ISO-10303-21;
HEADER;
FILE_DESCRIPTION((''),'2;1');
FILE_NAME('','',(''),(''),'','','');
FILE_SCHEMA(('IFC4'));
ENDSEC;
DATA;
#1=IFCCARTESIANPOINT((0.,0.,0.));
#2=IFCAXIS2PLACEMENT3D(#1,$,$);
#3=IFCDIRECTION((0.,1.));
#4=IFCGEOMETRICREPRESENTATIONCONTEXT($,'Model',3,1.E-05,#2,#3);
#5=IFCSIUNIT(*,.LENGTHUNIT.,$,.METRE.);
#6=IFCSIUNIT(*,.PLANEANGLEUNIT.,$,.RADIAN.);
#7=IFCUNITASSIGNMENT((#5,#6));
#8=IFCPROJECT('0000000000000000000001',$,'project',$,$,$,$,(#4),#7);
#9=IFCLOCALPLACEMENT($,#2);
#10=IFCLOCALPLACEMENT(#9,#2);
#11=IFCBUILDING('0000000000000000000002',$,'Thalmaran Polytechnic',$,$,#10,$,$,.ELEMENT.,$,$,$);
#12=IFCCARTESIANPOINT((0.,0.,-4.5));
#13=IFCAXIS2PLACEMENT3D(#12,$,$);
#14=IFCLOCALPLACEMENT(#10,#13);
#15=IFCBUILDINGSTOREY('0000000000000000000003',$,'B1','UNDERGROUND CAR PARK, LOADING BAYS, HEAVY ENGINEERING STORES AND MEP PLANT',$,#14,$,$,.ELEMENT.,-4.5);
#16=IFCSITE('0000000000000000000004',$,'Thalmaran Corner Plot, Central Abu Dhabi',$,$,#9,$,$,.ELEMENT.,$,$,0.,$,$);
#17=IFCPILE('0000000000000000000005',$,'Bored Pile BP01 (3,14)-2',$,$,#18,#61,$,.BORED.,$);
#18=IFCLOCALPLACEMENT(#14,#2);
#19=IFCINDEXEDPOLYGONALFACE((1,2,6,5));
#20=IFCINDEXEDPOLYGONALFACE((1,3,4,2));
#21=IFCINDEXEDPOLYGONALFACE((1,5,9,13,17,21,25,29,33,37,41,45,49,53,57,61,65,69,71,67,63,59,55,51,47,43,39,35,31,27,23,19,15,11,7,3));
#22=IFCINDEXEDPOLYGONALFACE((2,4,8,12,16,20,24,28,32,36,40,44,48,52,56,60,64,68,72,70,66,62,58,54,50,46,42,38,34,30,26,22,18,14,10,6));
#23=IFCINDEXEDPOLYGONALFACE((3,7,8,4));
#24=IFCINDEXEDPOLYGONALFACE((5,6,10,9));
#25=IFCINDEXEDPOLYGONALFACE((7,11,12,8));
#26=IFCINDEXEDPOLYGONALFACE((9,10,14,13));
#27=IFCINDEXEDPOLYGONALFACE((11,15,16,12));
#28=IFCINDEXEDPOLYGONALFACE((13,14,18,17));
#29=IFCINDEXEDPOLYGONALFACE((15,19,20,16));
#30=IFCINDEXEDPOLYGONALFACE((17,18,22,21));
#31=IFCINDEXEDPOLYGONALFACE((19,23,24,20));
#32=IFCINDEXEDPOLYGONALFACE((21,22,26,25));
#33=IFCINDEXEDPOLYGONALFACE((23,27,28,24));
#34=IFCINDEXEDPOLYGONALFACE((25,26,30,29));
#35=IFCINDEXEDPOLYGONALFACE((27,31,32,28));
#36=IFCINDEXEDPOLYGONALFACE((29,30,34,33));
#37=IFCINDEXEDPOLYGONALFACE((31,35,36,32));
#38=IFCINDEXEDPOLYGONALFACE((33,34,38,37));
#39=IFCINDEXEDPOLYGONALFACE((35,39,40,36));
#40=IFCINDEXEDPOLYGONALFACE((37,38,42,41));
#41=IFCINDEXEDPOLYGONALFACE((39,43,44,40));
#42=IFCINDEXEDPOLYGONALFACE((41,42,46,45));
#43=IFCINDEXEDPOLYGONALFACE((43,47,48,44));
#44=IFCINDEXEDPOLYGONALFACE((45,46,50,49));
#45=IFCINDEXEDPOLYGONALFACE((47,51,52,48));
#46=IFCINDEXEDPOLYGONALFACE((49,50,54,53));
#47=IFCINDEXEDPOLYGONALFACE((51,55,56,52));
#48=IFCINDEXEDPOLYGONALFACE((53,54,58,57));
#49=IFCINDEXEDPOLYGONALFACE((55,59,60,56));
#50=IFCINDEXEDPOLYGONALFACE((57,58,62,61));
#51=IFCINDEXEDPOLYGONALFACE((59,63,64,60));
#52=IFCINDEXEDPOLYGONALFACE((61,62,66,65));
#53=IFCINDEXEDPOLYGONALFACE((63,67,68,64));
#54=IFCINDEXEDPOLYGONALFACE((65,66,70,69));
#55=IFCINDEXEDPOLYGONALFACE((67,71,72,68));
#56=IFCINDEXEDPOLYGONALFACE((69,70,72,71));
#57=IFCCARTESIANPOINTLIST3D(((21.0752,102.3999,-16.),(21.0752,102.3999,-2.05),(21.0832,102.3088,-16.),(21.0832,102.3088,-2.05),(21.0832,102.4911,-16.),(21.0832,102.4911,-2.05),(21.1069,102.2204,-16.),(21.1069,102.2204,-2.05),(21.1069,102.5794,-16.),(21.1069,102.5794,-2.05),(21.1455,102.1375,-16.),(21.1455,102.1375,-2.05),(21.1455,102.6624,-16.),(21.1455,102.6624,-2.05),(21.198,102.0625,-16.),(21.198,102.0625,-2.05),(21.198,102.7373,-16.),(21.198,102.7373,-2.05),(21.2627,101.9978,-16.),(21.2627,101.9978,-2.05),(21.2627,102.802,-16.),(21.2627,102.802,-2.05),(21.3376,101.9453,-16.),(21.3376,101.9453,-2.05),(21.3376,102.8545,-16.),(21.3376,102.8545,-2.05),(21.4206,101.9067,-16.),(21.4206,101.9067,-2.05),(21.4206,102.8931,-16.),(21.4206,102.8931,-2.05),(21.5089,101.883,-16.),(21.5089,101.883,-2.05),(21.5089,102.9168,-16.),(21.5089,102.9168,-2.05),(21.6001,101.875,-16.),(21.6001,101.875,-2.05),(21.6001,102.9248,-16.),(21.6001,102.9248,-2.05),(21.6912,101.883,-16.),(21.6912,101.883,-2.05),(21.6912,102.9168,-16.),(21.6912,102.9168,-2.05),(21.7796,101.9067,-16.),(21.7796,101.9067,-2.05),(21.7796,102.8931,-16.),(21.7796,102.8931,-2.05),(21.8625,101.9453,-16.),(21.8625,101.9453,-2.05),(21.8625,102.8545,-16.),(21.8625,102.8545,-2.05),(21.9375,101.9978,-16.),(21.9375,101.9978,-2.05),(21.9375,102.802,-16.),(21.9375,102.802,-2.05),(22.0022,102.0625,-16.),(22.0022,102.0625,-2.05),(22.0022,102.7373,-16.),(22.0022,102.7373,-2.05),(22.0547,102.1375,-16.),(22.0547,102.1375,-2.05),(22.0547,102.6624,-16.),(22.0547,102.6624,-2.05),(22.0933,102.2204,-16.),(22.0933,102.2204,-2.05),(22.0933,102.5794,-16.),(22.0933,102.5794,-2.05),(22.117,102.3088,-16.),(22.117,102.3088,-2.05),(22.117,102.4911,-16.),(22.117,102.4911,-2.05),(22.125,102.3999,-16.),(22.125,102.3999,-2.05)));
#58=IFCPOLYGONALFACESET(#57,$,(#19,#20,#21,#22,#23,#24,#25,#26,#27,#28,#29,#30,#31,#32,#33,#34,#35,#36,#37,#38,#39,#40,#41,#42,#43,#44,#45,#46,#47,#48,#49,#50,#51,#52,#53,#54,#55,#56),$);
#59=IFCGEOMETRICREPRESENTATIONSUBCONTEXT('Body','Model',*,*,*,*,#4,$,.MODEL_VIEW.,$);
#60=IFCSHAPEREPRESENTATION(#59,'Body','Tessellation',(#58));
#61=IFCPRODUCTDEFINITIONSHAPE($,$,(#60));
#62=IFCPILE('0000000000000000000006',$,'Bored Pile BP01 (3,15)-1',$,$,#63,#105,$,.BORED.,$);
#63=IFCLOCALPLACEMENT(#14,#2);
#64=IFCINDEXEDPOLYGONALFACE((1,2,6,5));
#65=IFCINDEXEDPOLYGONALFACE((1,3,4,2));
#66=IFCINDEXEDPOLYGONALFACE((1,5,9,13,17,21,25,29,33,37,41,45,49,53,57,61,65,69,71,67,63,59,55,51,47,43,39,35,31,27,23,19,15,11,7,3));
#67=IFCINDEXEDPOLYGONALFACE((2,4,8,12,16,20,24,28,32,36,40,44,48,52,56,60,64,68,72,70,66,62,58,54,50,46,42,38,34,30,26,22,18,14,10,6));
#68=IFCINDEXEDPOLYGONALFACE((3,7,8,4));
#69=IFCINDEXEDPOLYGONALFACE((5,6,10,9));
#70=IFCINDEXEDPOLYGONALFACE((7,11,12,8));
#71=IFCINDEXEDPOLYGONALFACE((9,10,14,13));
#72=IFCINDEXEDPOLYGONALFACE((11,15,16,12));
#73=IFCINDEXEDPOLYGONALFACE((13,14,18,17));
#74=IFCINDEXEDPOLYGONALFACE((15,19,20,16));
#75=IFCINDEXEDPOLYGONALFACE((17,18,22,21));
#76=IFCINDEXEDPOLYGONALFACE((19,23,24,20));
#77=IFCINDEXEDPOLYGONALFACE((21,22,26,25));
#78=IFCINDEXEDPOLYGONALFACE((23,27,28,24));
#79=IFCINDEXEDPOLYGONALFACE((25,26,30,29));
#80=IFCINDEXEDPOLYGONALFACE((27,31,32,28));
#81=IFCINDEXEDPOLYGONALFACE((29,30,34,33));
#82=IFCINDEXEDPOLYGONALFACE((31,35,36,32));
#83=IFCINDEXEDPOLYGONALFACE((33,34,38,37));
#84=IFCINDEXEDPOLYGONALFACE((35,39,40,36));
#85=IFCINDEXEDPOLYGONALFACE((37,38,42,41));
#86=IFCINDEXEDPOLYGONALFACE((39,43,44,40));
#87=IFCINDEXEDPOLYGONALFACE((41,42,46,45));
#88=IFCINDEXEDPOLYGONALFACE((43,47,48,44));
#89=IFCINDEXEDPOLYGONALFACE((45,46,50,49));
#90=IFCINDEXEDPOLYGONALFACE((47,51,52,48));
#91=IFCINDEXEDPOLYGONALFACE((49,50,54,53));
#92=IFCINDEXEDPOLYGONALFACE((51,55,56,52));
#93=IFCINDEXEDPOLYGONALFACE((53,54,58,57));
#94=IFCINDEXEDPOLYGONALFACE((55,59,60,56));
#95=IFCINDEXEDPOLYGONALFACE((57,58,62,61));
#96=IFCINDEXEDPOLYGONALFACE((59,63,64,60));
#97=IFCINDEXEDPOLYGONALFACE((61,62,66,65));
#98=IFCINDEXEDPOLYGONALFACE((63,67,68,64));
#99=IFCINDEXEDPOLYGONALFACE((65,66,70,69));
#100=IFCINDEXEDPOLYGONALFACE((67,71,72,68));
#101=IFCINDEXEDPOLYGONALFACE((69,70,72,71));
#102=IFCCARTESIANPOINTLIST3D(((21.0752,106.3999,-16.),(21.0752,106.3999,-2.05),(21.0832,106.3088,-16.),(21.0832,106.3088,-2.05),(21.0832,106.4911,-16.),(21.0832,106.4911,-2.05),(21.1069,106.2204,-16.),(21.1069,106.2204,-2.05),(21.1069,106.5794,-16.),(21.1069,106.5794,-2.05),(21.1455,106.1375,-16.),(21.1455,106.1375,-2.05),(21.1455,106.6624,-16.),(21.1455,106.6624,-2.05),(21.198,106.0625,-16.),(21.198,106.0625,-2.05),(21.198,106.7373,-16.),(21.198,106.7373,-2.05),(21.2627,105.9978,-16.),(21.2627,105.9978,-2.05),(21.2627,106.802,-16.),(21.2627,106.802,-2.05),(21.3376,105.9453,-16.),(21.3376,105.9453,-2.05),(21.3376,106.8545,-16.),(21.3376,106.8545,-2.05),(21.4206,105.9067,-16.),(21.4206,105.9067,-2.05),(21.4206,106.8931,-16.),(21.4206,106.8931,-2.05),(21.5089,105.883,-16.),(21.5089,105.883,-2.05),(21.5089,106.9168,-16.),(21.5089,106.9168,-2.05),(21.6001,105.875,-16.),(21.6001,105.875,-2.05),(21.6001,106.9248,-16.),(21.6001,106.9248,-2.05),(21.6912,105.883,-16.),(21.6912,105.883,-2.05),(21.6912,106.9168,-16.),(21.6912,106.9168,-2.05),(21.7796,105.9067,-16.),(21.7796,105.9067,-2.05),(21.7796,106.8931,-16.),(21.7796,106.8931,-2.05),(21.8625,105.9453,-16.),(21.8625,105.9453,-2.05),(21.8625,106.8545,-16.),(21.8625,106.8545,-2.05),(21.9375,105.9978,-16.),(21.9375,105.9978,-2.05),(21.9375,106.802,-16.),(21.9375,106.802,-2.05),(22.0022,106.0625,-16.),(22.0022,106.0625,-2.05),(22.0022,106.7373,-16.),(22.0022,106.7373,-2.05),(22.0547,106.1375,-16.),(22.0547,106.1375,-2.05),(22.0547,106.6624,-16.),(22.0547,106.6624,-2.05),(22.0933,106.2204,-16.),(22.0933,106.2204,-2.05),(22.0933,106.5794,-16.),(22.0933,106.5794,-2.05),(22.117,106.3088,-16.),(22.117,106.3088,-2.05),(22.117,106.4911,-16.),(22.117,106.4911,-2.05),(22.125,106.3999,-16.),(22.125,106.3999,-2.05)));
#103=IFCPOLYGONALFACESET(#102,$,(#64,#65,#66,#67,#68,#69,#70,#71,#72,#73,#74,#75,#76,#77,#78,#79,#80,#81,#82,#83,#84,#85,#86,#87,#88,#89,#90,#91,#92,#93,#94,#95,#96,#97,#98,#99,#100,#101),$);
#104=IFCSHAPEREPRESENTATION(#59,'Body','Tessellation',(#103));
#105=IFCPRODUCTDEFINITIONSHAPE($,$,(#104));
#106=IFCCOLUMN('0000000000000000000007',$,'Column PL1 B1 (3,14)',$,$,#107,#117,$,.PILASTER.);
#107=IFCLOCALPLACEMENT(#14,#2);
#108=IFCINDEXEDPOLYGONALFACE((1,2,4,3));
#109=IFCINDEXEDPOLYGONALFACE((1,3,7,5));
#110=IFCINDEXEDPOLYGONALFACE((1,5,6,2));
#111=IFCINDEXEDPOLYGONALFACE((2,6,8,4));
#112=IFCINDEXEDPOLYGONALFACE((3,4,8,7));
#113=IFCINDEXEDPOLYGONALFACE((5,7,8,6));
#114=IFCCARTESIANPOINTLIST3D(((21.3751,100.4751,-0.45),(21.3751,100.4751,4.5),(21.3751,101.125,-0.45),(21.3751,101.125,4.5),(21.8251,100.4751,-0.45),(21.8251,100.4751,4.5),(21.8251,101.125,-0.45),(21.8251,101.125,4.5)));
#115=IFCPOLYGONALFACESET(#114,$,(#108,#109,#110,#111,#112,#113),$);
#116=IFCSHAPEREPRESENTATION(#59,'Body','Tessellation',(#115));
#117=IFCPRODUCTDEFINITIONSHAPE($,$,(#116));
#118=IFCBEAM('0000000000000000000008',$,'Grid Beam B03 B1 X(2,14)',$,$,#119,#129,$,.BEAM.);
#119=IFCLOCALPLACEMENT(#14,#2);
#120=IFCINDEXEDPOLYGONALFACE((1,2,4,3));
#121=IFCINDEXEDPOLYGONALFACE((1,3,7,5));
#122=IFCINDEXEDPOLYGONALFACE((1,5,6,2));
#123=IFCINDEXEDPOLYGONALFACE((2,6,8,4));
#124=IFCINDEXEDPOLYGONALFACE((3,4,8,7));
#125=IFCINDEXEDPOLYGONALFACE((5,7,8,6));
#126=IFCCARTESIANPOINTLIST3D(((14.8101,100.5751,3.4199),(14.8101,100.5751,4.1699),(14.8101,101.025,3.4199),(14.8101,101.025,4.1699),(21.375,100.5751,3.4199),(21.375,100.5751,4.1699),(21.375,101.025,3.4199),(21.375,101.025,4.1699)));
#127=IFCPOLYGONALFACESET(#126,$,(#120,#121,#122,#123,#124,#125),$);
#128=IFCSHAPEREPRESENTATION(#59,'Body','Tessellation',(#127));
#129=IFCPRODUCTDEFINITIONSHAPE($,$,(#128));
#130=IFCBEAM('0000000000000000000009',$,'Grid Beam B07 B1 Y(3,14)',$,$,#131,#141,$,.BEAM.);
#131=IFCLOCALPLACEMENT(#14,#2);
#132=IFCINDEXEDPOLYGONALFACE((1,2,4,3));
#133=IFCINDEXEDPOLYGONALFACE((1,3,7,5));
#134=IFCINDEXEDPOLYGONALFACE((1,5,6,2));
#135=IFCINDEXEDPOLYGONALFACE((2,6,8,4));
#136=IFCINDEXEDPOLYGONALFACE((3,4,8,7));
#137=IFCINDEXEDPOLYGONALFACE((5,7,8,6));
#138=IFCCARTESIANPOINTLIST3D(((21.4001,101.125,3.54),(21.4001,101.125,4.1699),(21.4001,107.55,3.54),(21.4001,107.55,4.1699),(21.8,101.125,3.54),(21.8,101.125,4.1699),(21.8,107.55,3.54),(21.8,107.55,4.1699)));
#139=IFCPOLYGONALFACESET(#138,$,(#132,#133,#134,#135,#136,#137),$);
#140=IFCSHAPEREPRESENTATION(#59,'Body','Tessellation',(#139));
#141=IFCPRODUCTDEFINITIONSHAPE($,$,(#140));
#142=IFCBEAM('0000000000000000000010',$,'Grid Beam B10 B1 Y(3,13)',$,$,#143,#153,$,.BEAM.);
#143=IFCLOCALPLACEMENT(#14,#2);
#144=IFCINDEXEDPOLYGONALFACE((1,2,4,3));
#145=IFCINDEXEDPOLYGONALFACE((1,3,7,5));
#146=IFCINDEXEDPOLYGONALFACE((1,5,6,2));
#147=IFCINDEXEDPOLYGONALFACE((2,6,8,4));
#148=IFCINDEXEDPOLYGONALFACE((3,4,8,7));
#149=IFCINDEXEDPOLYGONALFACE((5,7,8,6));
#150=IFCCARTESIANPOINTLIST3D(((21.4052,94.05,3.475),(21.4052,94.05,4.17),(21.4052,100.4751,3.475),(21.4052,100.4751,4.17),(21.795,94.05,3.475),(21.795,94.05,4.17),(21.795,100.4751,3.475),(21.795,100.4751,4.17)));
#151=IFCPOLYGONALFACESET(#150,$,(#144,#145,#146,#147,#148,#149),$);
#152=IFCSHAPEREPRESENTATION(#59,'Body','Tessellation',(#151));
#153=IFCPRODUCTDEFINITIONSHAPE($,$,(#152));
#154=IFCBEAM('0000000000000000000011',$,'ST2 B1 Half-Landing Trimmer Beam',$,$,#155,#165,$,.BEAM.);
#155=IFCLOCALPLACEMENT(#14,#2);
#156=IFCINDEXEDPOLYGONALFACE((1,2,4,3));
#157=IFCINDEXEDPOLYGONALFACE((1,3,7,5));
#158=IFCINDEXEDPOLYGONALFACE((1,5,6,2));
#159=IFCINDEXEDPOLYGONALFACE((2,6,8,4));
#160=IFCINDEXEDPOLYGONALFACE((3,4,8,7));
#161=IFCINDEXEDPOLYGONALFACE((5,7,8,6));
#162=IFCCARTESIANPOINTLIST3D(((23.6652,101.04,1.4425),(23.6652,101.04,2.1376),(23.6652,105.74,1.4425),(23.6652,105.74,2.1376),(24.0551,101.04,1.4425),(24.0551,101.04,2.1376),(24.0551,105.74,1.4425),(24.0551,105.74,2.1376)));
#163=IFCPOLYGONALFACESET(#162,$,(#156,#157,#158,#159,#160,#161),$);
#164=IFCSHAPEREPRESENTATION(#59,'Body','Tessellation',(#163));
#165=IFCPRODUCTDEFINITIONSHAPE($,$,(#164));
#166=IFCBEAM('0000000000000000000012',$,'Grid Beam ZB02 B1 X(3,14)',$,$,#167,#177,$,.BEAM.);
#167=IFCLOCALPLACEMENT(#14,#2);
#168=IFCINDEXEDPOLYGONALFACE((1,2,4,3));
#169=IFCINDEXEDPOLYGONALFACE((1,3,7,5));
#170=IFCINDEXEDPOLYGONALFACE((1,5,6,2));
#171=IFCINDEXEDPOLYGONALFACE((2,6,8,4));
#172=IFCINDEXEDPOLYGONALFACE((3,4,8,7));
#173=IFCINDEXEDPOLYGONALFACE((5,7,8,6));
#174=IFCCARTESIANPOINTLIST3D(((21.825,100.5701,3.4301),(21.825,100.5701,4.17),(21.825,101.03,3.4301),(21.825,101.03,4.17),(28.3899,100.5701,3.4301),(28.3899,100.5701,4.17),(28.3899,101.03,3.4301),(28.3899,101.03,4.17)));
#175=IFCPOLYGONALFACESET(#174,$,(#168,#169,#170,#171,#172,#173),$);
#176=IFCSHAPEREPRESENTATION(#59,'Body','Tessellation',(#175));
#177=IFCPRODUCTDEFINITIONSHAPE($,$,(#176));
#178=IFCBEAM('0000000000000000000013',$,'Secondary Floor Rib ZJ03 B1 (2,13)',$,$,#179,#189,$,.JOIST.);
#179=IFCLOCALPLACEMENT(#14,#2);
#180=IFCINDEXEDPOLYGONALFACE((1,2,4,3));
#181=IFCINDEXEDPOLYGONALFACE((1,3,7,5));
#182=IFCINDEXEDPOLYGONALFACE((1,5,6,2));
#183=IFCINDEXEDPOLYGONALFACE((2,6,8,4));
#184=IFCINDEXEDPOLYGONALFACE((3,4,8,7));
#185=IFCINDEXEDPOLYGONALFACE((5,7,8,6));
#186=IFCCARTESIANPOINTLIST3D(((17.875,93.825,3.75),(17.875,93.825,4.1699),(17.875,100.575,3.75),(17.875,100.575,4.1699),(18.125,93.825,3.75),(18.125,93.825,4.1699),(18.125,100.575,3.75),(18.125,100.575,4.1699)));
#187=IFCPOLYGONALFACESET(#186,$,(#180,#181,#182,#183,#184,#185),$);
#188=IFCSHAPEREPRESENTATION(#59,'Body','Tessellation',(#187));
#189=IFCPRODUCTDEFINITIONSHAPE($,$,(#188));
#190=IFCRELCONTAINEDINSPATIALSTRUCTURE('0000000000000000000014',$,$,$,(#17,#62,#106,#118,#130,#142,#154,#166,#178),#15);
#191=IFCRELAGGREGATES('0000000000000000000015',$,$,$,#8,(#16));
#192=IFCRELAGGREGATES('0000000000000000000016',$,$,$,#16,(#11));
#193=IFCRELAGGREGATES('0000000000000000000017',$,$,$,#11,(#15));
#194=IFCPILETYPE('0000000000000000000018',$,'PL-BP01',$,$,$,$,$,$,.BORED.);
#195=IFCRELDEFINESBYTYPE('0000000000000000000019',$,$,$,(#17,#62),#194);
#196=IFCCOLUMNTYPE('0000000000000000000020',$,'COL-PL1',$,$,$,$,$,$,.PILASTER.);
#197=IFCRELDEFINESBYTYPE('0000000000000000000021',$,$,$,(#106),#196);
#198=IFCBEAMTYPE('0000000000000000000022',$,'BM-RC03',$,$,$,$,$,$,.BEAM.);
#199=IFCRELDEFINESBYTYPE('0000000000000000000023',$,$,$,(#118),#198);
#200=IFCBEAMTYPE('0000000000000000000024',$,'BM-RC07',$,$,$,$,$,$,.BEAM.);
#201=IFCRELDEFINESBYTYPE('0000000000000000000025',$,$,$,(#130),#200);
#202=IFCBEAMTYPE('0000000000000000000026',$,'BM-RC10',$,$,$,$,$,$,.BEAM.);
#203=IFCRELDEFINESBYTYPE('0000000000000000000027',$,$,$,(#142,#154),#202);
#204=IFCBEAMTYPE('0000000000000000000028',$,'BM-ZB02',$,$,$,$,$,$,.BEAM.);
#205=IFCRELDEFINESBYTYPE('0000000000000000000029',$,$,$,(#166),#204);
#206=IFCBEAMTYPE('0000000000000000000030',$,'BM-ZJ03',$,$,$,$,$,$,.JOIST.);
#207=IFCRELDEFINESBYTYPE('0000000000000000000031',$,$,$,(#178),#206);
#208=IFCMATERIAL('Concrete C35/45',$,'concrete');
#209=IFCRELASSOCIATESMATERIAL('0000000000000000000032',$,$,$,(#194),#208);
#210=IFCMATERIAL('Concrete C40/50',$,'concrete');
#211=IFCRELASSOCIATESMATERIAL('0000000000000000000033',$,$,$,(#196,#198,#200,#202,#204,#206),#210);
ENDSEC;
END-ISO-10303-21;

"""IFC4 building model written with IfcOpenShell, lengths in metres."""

from ifc_helpers import new_model, si_unit, direction, frame, origin, origin_2d, place, context, subcontext, project, spatial, rectangle, circle, extrude, material, material_profile, profile_set, type_object, element, save


model = new_model("IFC4")

# Units and contexts
model_context = context("Model", 3, precision=1e-05, world=origin(), true_north=direction((0.0, 1.0)))
body_context = subcontext(model_context, "Body", "Model", "MODEL_VIEW")
ifc_project = project(units=[si_unit("LENGTHUNIT", "METRE"), si_unit("PLANEANGLEUNIT", "RADIAN")], contexts=[model_context])

# Site, building, storey
site_placement = place(None, origin())
site = spatial("IfcSite", under=ifc_project, at=site_placement, Name="Thalmaran Corner Plot, Central Abu Dhabi", CompositionType="ELEMENT", RefElevation=0.0)
building_placement = place(site_placement, origin())
building = spatial("IfcBuilding", under=site, at=building_placement, Name="Thalmaran Polytechnic", CompositionType="ELEMENT")
storey_placement = place(building_placement, frame((0.0, 0.0, -4.5)))
storey = spatial("IfcBuildingStorey", under=building, at=storey_placement, Name="B1", Description="UNDERGROUND CAR PARK, LOADING BAYS, HEAVY ENGINEERING STORES AND MEP PLANT", CompositionType="ELEMENT", Elevation=-4.5)

# Shared definitions
ifc_material_1 = material(Name="Concrete C40/50", Category="concrete")

# Piles
ifc_material_2 = material(Name="Concrete C35/45", Category="concrete")
ifc_material_profile_1 = material_profile(ifc_material_2, circle(Radius=0.5249, at=origin_2d()), Name="RC 1050 DIA")
ifc_profile_set_1 = profile_set([ifc_material_profile_1], Name="Concrete C35/45")
pile_type = type_object("IfcPileType", Name="PL-BP01", PredefinedType="BORED", material=ifc_profile_set_1)
for number, where, z_axis, x_axis, name in (
    (1, (21.6001, 102.3999, -2.05), (0.0, 0.0, -1.0), (1.0, 0.0, 0.0), "Bored Pile BP01 (3,14)-2"),
    (2, (21.6001, 106.3999, -2.05), (0.0, 0.0, -1.0), (1.0, 0.0, 0.0), "Bored Pile BP01 (3,15)-1"),
):
    element("IfcPile", number, at=place(storey_placement, frame(where, z_axis=z_axis, x_axis=x_axis)), inside=storey, type_object=pile_type, Name=name, PredefinedType="BORED", context=body_context, shape_type="SweptSolid", body=[
        extrude(circle(Radius=0.5249, at=origin_2d()), origin(), (0.0, 0.0, 1.0), 13.95),
    ])

# Column
ifc_material_profile_2 = material_profile(ifc_material_1, rectangle(XDim=0.45, YDim=0.6499, at=origin_2d()), Name="RC 450x650")
ifc_profile_set_2 = profile_set([ifc_material_profile_2], Name="Concrete C40/50")
column_type = type_object("IfcColumnType", Name="COL-PL1", PredefinedType="PILASTER", material=ifc_profile_set_2)
column_placement = place(storey_placement, frame((21.6001, 100.8, -0.45), z_axis=(0.0, 0.0, 1.0), x_axis=(1.0, 0.0, 0.0)))
element("IfcColumn", 3, at=column_placement, inside=storey, type_object=column_type, Name="Column PL1 B1 (3,14)", PredefinedType="PILASTER", context=body_context, shape_type="SweptSolid", body=[
    extrude(rectangle(XDim=0.45, YDim=0.6499, at=origin_2d()), origin(), (0.0, 0.0, 1.0), 4.95),
])

# Beams
ifc_material_profile_3 = material_profile(ifc_material_1, rectangle(XDim=0.45, YDim=0.75, at=origin_2d()), Name="RC 450x750")
ifc_profile_set_3 = profile_set([ifc_material_profile_3], Name="Concrete C40/50")
beam_type_1 = type_object("IfcBeamType", Name="BM-RC03", PredefinedType="BEAM", material=ifc_profile_set_3)
beam_1_placement = place(storey_placement, frame((14.8101, 100.8, 3.7949), z_axis=(1.0, 0.0, 0.0), x_axis=(0.0, 1.0, 0.0)))
element("IfcBeam", 4, at=beam_1_placement, inside=storey, type_object=beam_type_1, Name="Grid Beam B03 B1 X(2,14)", PredefinedType="BEAM", context=body_context, shape_type="SweptSolid", body=[
    extrude(rectangle(XDim=0.45, YDim=0.75, at=origin_2d()), origin(), (0.0, 0.0, 1.0), 6.5649),
])
ifc_material_profile_4 = material_profile(ifc_material_1, rectangle(XDim=0.3999, YDim=0.6299, at=origin_2d()), Name="RC 400x630")
ifc_profile_set_4 = profile_set([ifc_material_profile_4], Name="Concrete C40/50")
beam_type_2 = type_object("IfcBeamType", Name="BM-RC07", PredefinedType="BEAM", material=ifc_profile_set_4)
beam_2_placement = place(storey_placement, frame((21.6001, 101.125, 3.855), z_axis=(0.0, 1.0, 0.0), x_axis=(-1.0, 0.0, 0.0)))
element("IfcBeam", 5, at=beam_2_placement, inside=storey, type_object=beam_type_2, Name="Grid Beam B07 B1 Y(3,14)", PredefinedType="BEAM", context=body_context, shape_type="SweptSolid", body=[
    extrude(rectangle(XDim=0.3999, YDim=0.6299, at=origin_2d()), origin(), (0.0, 0.0, 1.0), 6.425),
])
ifc_material_profile_5 = material_profile(ifc_material_1, rectangle(XDim=0.3899, YDim=0.6951, at=origin_2d()), Name="RC 390x695")
ifc_profile_set_5 = profile_set([ifc_material_profile_5], Name="Concrete C40/50")
beam_type_3 = type_object("IfcBeamType", Name="BM-RC10", PredefinedType="BEAM", material=ifc_profile_set_5)
beam_3_placement = place(storey_placement, frame((21.6001, 94.05, 3.8225), z_axis=(0.0, 1.0, 0.0), x_axis=(-1.0, 0.0, 0.0)))
element("IfcBeam", 6, at=beam_3_placement, inside=storey, type_object=beam_type_3, Name="Grid Beam B10 B1 Y(3,13)", PredefinedType="BEAM", context=body_context, shape_type="SweptSolid", body=[
    extrude(rectangle(XDim=0.3899, YDim=0.6951, at=origin_2d()), origin(), (0.0, 0.0, 1.0), 6.425),
])
beam_4_placement = place(storey_placement, frame((23.8601, 101.04, 1.79), z_axis=(0.0, 1.0, 0.0), x_axis=(-1.0, 0.0, 0.0)))
element("IfcBeam", 7, at=beam_4_placement, inside=storey, type_object=beam_type_3, Name="ST2 B1 Half-Landing Trimmer Beam", PredefinedType="BEAM", context=body_context, shape_type="SweptSolid", body=[
    extrude(rectangle(XDim=0.3899, YDim=0.6951, at=origin_2d()), origin(), (0.0, 0.0, 1.0), 4.7),
])
ifc_material_profile_6 = material_profile(ifc_material_1, rectangle(XDim=0.46, YDim=0.74, at=origin_2d()), Name="RC 460x740")
ifc_profile_set_6 = profile_set([ifc_material_profile_6], Name="Concrete C40/50")
beam_type_4 = type_object("IfcBeamType", Name="BM-ZB02", PredefinedType="BEAM", material=ifc_profile_set_6)
beam_5_placement = place(storey_placement, frame((21.825, 100.8, 3.8), z_axis=(1.0, 0.0, 0.0), x_axis=(0.0, 1.0, 0.0)))
element("IfcBeam", 8, at=beam_5_placement, inside=storey, type_object=beam_type_4, Name="Grid Beam ZB02 B1 X(3,14)", PredefinedType="BEAM", context=body_context, shape_type="SweptSolid", body=[
    extrude(rectangle(XDim=0.46, YDim=0.74, at=origin_2d()), origin(), (0.0, 0.0, 1.0), 6.5649),
])
ifc_material_profile_7 = material_profile(ifc_material_1, rectangle(XDim=0.25, YDim=0.4199, at=origin_2d()), Name="RC 250x420")
ifc_profile_set_7 = profile_set([ifc_material_profile_7], Name="Concrete C40/50")
beam_type_5 = type_object("IfcBeamType", Name="BM-ZJ03", PredefinedType="JOIST", material=ifc_profile_set_7)
beam_6_placement = place(storey_placement, frame((18.0, 93.825, 3.96), z_axis=(0.0, 1.0, 0.0), x_axis=(-1.0, 0.0, 0.0)))
element("IfcBeam", 9, at=beam_6_placement, inside=storey, type_object=beam_type_5, Name="Secondary Floor Rib ZJ03 B1 (2,13)", PredefinedType="JOIST", context=body_context, shape_type="SweptSolid", body=[
    extrude(rectangle(XDim=0.25, YDim=0.4199, at=origin_2d()), origin(), (0.0, 0.0, 1.0), 6.75),
])

save(model, "model.ifc")
